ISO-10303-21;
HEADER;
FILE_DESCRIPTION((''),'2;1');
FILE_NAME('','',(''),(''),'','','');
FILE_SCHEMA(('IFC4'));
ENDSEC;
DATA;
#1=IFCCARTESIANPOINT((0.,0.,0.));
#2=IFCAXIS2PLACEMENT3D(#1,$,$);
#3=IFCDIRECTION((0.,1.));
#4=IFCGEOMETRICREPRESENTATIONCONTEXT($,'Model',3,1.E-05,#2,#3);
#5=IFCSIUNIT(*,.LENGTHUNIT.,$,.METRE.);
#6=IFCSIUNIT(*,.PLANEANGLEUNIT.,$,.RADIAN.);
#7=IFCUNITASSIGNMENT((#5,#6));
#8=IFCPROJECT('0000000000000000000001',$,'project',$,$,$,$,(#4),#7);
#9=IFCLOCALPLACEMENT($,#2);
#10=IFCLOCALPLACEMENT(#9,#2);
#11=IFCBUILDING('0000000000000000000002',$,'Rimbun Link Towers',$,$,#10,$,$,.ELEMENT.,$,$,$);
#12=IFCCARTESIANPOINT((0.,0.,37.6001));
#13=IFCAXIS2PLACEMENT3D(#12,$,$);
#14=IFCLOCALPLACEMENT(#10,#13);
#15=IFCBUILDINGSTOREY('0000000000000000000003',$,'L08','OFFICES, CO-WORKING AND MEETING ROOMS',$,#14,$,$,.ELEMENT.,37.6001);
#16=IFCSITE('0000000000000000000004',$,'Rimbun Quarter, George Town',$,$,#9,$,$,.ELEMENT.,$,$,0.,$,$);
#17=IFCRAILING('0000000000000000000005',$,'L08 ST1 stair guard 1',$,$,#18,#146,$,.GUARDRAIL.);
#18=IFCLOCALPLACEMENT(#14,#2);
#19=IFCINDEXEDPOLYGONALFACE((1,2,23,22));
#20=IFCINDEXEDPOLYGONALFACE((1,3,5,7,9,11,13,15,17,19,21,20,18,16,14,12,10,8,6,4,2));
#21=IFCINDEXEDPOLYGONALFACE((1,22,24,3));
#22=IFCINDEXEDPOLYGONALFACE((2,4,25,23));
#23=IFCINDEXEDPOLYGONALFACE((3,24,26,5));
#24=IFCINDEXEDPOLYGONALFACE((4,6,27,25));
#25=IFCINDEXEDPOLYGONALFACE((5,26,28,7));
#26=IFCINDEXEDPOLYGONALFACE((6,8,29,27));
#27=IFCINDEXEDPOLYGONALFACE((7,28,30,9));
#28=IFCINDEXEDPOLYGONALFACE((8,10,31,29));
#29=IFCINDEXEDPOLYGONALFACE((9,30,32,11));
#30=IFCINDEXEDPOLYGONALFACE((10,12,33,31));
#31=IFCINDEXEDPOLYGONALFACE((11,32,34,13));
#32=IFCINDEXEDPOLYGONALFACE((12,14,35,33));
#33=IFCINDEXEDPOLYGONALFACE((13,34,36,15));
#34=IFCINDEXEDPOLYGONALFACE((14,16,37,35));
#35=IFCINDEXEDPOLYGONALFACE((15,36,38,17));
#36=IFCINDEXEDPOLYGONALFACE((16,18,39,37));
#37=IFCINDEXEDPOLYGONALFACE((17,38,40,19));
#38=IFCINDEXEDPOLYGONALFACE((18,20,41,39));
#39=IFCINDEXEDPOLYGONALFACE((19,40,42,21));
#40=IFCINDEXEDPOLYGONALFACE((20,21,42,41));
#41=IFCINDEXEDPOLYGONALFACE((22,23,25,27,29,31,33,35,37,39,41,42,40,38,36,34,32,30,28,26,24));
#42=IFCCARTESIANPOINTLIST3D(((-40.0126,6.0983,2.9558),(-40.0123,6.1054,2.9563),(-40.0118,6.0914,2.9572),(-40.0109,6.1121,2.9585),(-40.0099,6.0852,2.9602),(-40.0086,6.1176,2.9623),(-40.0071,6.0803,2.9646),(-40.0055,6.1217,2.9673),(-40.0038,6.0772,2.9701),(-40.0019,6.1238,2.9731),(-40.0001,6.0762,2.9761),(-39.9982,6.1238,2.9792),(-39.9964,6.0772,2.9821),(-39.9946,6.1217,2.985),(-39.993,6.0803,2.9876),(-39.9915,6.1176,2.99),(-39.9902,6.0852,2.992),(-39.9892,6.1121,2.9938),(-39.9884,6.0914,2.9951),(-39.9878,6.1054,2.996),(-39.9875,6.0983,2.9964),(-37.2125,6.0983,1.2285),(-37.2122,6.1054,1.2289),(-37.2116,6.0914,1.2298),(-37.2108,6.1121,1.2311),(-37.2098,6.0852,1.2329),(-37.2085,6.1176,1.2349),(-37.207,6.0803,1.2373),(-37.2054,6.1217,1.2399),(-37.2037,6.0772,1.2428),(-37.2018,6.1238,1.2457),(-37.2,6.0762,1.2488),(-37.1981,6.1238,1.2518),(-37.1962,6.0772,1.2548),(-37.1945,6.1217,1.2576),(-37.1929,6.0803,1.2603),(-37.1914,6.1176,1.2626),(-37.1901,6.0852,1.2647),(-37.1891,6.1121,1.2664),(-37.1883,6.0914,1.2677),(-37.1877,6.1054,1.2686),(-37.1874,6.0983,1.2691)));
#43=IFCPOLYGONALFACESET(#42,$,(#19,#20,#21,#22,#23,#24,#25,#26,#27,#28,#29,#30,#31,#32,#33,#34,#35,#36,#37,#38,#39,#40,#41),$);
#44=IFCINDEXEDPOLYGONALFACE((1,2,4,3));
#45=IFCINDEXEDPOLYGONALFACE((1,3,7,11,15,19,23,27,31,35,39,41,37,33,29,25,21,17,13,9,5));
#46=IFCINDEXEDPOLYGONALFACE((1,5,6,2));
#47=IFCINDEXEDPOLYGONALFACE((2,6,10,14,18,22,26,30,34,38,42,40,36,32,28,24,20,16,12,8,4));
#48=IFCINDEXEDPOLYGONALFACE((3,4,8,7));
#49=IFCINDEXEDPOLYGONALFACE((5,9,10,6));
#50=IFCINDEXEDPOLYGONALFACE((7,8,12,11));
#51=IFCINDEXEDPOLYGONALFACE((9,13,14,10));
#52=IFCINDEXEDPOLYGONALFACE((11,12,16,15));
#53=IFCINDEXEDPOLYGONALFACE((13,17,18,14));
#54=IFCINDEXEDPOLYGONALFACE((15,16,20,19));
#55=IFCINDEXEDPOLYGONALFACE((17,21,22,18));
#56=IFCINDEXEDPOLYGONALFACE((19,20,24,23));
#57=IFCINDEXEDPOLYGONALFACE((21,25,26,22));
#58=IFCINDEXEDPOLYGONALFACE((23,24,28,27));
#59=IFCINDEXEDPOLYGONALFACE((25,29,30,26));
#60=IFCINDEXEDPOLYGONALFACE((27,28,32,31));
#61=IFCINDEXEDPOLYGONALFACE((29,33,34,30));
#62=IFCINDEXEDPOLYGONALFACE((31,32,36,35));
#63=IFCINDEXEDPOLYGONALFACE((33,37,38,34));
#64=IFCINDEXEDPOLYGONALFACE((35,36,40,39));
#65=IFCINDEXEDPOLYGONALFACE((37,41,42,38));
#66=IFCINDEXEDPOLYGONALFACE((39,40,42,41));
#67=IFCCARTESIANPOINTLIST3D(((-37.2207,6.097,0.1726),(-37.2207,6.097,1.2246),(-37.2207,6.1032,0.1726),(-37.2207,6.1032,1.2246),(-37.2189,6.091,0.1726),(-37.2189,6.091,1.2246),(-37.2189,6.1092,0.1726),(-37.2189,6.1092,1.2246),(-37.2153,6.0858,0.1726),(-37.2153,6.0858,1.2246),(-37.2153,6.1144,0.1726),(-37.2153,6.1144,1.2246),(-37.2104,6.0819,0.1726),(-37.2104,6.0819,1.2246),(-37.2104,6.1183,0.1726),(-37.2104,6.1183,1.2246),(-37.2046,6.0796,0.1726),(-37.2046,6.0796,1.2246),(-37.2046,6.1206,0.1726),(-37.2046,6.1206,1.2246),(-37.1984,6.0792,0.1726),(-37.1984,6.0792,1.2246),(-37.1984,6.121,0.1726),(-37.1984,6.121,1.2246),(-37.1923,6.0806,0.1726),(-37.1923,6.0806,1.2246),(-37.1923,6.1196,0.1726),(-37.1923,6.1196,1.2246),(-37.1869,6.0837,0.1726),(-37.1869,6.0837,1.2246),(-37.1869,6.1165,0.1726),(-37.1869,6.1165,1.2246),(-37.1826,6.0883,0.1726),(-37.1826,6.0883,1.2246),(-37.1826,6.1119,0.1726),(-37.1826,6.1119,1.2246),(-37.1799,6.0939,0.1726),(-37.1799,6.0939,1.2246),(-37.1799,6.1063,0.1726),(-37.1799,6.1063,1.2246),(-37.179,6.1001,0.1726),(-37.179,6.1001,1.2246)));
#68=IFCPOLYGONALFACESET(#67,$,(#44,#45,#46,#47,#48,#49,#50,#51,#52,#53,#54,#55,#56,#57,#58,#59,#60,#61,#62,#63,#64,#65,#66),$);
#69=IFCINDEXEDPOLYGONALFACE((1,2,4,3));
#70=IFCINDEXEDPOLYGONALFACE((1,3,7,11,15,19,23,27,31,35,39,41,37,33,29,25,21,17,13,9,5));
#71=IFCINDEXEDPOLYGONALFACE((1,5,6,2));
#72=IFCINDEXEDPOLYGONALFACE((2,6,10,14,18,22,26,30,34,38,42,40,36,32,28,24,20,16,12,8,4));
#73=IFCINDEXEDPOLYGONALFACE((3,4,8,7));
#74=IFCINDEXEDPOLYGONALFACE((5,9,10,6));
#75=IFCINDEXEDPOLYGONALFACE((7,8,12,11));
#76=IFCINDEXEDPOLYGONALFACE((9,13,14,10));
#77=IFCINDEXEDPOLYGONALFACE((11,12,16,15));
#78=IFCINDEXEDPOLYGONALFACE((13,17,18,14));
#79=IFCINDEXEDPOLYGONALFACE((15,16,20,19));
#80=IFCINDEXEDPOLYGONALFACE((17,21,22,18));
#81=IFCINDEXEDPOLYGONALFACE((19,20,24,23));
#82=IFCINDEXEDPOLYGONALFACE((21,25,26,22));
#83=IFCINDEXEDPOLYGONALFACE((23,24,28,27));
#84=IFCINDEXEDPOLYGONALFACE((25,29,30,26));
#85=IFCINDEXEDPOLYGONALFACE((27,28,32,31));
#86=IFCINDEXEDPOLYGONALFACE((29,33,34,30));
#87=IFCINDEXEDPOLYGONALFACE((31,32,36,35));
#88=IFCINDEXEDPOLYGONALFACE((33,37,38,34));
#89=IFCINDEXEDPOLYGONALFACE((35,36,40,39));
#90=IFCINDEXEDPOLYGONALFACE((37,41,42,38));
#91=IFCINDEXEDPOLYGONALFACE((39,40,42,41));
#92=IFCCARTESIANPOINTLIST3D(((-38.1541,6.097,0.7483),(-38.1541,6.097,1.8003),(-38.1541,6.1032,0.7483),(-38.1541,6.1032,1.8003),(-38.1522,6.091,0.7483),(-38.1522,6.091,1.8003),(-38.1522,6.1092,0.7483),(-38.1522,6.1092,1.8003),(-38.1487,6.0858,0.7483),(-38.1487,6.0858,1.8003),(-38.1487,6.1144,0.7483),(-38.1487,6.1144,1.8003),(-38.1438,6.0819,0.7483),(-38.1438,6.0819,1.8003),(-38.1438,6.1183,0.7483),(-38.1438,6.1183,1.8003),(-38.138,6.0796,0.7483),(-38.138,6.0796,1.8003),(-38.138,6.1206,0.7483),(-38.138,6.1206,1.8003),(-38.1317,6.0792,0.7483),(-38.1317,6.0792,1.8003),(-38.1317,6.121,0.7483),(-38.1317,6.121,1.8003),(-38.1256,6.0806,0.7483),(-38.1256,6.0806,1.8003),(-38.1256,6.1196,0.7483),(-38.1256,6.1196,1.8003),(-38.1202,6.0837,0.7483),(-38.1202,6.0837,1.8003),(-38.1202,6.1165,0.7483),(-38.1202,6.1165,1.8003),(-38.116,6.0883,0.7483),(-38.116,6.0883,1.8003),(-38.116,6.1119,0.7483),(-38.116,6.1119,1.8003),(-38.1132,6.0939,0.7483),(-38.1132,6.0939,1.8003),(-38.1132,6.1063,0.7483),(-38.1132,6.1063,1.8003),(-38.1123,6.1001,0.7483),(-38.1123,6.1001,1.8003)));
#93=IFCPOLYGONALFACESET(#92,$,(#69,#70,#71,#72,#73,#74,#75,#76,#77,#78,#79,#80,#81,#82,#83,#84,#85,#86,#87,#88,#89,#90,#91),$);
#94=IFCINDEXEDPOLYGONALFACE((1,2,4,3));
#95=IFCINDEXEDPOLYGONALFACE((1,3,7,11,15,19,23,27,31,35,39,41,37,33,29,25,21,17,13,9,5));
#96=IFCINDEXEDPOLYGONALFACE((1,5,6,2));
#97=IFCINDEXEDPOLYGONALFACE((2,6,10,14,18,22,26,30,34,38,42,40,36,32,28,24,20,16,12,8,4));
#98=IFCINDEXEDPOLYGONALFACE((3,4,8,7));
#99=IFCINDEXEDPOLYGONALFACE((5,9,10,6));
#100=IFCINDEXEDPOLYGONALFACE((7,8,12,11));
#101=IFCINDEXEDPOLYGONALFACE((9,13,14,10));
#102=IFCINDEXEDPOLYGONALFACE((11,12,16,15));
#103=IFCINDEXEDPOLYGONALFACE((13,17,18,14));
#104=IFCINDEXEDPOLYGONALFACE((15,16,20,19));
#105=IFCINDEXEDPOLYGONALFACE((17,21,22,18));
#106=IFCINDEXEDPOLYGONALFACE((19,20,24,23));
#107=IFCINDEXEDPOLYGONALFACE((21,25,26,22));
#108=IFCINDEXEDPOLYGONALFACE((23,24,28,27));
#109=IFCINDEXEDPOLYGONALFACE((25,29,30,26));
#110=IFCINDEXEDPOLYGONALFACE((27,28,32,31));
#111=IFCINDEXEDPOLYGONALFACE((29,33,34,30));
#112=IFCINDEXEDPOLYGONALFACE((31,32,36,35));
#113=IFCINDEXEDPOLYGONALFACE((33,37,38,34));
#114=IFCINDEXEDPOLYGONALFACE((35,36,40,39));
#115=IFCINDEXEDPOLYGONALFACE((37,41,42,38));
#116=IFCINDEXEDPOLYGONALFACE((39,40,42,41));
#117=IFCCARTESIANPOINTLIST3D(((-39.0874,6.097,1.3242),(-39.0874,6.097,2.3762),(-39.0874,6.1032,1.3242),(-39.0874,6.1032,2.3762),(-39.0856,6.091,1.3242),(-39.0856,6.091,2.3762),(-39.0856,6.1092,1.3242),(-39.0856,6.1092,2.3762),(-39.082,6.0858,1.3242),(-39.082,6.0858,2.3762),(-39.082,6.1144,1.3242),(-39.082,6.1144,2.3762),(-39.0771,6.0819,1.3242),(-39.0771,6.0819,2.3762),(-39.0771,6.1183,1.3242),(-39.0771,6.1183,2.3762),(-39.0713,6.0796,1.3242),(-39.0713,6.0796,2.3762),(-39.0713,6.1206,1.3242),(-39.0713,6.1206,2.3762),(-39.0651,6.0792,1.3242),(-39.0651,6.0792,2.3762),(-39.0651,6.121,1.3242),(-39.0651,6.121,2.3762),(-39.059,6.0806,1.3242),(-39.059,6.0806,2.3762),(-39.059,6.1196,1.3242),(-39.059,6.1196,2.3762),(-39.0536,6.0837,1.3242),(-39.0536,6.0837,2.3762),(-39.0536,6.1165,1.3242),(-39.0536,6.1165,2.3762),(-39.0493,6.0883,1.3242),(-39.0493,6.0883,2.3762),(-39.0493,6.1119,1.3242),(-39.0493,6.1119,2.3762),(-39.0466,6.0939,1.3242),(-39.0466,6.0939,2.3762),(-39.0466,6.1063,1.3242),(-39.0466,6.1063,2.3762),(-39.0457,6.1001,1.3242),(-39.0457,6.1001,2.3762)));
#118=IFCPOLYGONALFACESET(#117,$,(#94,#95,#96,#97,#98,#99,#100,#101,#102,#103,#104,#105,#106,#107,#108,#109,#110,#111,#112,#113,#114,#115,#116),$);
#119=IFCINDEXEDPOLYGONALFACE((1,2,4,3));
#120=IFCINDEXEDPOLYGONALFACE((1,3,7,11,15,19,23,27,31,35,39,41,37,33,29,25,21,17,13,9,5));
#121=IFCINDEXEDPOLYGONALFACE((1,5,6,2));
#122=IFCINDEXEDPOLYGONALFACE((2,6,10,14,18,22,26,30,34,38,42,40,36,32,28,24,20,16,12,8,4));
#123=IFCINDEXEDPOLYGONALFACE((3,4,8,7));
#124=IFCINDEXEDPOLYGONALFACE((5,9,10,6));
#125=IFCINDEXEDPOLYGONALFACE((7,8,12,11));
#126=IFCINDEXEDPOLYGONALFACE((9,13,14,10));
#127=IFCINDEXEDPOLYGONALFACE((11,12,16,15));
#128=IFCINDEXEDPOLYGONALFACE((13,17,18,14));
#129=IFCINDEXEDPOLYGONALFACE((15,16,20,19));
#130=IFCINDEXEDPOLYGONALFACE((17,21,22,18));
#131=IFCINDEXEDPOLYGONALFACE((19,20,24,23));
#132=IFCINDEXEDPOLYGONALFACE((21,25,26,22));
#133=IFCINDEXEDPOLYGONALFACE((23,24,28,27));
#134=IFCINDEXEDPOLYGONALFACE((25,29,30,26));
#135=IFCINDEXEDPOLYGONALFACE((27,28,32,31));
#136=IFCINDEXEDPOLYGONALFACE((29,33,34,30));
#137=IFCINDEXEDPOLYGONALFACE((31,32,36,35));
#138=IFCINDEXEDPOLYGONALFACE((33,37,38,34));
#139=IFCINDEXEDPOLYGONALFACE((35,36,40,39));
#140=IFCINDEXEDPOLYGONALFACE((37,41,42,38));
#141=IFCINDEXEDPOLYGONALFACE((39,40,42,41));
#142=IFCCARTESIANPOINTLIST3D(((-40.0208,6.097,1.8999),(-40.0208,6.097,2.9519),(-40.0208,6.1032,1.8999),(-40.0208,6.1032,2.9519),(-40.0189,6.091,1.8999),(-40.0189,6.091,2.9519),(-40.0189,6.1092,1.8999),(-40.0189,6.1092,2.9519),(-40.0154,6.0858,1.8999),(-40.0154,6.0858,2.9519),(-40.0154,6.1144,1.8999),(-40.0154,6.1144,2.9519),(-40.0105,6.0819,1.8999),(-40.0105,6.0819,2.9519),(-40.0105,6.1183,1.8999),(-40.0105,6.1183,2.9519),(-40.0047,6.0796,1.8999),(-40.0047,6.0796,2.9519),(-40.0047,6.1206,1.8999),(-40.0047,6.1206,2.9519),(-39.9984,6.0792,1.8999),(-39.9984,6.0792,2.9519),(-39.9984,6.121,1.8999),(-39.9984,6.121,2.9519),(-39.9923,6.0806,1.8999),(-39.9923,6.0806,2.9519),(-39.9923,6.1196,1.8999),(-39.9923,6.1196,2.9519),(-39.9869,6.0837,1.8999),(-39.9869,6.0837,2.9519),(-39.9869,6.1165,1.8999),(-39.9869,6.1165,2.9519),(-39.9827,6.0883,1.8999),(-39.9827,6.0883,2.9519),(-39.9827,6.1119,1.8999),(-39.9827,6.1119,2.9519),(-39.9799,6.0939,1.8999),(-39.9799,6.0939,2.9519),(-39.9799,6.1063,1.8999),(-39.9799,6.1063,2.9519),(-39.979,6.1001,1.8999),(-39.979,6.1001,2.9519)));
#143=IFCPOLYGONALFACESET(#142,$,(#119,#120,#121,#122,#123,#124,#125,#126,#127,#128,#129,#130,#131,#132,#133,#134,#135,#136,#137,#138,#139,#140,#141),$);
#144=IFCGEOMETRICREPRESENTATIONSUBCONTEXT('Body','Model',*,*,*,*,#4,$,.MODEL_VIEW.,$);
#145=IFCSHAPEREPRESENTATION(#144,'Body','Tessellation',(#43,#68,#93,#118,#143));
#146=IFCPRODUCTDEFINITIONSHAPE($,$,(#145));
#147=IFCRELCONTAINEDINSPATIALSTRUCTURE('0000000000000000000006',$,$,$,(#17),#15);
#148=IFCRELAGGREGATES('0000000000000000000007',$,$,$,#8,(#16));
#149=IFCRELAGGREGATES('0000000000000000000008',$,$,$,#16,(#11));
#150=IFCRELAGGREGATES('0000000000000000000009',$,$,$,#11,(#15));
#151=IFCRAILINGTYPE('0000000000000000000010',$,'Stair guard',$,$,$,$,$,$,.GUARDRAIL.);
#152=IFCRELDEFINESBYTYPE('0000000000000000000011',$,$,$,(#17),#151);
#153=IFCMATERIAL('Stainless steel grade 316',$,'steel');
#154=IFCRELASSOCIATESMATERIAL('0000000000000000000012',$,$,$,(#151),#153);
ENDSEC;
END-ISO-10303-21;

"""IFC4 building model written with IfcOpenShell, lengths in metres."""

from ifc_helpers import new_model, si_unit, direction, frame, origin, origin_2d, place, context, subcontext, project, spatial, circle, extrude, material, type_object, element, save


model = new_model("IFC4")

# Units and contexts
model_context = context("Model", 3, precision=1e-05, world=origin(), true_north=direction((0.0, 1.0)))
body_context = subcontext(model_context, "Body", "Model", "MODEL_VIEW")
ifc_project = project(units=[si_unit("LENGTHUNIT", "METRE"), si_unit("PLANEANGLEUNIT", "RADIAN")], contexts=[model_context])

# Site, building, storey
site_placement = place(None, origin())
site = spatial("IfcSite", under=ifc_project, at=site_placement, Name="Rimbun Quarter, George Town", CompositionType="ELEMENT", RefElevation=0.0)
building_placement = place(site_placement, origin())
building = spatial("IfcBuilding", under=site, at=building_placement, Name="Rimbun Link Towers", CompositionType="ELEMENT")
storey_placement = place(building_placement, frame((0.0, 0.0, 37.6001)))
storey = spatial("IfcBuildingStorey", under=building, at=storey_placement, Name="L08", Description="OFFICES, CO-WORKING AND MEETING ROOMS", CompositionType="ELEMENT", Elevation=37.6001)

# Railing
ifc_material_1 = material(Name="Stainless steel grade 316", Category="steel")
railing_type_1 = type_object("IfcRailingType", Name="Stair guard", PredefinedType="GUARDRAIL", material=ifc_material_1)
railing_1_placement = place(storey_placement, frame((-37.2, 6.1001, 0.1726)))
element("IfcRailing", 1, at=railing_1_placement, inside=storey, type_object=railing_type_1, Name="L08 ST1 stair guard 1", PredefinedType="GUARDRAIL", context=body_context, shape_type="SweptSolid", body=[
    extrude(circle(Radius=0.0239, at=origin_2d()), frame((0.0, 0.0, 1.0762), z_axis=(-0.85109, 0.0, 0.52502), x_axis=(0.0, -1.0, 0.0)), (0.0, 0.0, 1.0), 3.29),
    extrude(circle(Radius=0.021, at=origin_2d()), origin(), (0.0, 0.0, 1.0), 1.052),
    extrude(circle(Radius=0.021, at=origin_2d()), frame((-0.9333, 0.0, 0.5757)), (0.0, 0.0, 1.0), 1.052),
    extrude(circle(Radius=0.021, at=origin_2d()), frame((-1.8667, 0.0, 1.1516)), (0.0, 0.0, 1.0), 1.052),
    extrude(circle(Radius=0.021, at=origin_2d()), frame((-2.8, 0.0, 1.7273)), (0.0, 0.0, 1.0), 1.052),
])

save(model, "model.ifc")
